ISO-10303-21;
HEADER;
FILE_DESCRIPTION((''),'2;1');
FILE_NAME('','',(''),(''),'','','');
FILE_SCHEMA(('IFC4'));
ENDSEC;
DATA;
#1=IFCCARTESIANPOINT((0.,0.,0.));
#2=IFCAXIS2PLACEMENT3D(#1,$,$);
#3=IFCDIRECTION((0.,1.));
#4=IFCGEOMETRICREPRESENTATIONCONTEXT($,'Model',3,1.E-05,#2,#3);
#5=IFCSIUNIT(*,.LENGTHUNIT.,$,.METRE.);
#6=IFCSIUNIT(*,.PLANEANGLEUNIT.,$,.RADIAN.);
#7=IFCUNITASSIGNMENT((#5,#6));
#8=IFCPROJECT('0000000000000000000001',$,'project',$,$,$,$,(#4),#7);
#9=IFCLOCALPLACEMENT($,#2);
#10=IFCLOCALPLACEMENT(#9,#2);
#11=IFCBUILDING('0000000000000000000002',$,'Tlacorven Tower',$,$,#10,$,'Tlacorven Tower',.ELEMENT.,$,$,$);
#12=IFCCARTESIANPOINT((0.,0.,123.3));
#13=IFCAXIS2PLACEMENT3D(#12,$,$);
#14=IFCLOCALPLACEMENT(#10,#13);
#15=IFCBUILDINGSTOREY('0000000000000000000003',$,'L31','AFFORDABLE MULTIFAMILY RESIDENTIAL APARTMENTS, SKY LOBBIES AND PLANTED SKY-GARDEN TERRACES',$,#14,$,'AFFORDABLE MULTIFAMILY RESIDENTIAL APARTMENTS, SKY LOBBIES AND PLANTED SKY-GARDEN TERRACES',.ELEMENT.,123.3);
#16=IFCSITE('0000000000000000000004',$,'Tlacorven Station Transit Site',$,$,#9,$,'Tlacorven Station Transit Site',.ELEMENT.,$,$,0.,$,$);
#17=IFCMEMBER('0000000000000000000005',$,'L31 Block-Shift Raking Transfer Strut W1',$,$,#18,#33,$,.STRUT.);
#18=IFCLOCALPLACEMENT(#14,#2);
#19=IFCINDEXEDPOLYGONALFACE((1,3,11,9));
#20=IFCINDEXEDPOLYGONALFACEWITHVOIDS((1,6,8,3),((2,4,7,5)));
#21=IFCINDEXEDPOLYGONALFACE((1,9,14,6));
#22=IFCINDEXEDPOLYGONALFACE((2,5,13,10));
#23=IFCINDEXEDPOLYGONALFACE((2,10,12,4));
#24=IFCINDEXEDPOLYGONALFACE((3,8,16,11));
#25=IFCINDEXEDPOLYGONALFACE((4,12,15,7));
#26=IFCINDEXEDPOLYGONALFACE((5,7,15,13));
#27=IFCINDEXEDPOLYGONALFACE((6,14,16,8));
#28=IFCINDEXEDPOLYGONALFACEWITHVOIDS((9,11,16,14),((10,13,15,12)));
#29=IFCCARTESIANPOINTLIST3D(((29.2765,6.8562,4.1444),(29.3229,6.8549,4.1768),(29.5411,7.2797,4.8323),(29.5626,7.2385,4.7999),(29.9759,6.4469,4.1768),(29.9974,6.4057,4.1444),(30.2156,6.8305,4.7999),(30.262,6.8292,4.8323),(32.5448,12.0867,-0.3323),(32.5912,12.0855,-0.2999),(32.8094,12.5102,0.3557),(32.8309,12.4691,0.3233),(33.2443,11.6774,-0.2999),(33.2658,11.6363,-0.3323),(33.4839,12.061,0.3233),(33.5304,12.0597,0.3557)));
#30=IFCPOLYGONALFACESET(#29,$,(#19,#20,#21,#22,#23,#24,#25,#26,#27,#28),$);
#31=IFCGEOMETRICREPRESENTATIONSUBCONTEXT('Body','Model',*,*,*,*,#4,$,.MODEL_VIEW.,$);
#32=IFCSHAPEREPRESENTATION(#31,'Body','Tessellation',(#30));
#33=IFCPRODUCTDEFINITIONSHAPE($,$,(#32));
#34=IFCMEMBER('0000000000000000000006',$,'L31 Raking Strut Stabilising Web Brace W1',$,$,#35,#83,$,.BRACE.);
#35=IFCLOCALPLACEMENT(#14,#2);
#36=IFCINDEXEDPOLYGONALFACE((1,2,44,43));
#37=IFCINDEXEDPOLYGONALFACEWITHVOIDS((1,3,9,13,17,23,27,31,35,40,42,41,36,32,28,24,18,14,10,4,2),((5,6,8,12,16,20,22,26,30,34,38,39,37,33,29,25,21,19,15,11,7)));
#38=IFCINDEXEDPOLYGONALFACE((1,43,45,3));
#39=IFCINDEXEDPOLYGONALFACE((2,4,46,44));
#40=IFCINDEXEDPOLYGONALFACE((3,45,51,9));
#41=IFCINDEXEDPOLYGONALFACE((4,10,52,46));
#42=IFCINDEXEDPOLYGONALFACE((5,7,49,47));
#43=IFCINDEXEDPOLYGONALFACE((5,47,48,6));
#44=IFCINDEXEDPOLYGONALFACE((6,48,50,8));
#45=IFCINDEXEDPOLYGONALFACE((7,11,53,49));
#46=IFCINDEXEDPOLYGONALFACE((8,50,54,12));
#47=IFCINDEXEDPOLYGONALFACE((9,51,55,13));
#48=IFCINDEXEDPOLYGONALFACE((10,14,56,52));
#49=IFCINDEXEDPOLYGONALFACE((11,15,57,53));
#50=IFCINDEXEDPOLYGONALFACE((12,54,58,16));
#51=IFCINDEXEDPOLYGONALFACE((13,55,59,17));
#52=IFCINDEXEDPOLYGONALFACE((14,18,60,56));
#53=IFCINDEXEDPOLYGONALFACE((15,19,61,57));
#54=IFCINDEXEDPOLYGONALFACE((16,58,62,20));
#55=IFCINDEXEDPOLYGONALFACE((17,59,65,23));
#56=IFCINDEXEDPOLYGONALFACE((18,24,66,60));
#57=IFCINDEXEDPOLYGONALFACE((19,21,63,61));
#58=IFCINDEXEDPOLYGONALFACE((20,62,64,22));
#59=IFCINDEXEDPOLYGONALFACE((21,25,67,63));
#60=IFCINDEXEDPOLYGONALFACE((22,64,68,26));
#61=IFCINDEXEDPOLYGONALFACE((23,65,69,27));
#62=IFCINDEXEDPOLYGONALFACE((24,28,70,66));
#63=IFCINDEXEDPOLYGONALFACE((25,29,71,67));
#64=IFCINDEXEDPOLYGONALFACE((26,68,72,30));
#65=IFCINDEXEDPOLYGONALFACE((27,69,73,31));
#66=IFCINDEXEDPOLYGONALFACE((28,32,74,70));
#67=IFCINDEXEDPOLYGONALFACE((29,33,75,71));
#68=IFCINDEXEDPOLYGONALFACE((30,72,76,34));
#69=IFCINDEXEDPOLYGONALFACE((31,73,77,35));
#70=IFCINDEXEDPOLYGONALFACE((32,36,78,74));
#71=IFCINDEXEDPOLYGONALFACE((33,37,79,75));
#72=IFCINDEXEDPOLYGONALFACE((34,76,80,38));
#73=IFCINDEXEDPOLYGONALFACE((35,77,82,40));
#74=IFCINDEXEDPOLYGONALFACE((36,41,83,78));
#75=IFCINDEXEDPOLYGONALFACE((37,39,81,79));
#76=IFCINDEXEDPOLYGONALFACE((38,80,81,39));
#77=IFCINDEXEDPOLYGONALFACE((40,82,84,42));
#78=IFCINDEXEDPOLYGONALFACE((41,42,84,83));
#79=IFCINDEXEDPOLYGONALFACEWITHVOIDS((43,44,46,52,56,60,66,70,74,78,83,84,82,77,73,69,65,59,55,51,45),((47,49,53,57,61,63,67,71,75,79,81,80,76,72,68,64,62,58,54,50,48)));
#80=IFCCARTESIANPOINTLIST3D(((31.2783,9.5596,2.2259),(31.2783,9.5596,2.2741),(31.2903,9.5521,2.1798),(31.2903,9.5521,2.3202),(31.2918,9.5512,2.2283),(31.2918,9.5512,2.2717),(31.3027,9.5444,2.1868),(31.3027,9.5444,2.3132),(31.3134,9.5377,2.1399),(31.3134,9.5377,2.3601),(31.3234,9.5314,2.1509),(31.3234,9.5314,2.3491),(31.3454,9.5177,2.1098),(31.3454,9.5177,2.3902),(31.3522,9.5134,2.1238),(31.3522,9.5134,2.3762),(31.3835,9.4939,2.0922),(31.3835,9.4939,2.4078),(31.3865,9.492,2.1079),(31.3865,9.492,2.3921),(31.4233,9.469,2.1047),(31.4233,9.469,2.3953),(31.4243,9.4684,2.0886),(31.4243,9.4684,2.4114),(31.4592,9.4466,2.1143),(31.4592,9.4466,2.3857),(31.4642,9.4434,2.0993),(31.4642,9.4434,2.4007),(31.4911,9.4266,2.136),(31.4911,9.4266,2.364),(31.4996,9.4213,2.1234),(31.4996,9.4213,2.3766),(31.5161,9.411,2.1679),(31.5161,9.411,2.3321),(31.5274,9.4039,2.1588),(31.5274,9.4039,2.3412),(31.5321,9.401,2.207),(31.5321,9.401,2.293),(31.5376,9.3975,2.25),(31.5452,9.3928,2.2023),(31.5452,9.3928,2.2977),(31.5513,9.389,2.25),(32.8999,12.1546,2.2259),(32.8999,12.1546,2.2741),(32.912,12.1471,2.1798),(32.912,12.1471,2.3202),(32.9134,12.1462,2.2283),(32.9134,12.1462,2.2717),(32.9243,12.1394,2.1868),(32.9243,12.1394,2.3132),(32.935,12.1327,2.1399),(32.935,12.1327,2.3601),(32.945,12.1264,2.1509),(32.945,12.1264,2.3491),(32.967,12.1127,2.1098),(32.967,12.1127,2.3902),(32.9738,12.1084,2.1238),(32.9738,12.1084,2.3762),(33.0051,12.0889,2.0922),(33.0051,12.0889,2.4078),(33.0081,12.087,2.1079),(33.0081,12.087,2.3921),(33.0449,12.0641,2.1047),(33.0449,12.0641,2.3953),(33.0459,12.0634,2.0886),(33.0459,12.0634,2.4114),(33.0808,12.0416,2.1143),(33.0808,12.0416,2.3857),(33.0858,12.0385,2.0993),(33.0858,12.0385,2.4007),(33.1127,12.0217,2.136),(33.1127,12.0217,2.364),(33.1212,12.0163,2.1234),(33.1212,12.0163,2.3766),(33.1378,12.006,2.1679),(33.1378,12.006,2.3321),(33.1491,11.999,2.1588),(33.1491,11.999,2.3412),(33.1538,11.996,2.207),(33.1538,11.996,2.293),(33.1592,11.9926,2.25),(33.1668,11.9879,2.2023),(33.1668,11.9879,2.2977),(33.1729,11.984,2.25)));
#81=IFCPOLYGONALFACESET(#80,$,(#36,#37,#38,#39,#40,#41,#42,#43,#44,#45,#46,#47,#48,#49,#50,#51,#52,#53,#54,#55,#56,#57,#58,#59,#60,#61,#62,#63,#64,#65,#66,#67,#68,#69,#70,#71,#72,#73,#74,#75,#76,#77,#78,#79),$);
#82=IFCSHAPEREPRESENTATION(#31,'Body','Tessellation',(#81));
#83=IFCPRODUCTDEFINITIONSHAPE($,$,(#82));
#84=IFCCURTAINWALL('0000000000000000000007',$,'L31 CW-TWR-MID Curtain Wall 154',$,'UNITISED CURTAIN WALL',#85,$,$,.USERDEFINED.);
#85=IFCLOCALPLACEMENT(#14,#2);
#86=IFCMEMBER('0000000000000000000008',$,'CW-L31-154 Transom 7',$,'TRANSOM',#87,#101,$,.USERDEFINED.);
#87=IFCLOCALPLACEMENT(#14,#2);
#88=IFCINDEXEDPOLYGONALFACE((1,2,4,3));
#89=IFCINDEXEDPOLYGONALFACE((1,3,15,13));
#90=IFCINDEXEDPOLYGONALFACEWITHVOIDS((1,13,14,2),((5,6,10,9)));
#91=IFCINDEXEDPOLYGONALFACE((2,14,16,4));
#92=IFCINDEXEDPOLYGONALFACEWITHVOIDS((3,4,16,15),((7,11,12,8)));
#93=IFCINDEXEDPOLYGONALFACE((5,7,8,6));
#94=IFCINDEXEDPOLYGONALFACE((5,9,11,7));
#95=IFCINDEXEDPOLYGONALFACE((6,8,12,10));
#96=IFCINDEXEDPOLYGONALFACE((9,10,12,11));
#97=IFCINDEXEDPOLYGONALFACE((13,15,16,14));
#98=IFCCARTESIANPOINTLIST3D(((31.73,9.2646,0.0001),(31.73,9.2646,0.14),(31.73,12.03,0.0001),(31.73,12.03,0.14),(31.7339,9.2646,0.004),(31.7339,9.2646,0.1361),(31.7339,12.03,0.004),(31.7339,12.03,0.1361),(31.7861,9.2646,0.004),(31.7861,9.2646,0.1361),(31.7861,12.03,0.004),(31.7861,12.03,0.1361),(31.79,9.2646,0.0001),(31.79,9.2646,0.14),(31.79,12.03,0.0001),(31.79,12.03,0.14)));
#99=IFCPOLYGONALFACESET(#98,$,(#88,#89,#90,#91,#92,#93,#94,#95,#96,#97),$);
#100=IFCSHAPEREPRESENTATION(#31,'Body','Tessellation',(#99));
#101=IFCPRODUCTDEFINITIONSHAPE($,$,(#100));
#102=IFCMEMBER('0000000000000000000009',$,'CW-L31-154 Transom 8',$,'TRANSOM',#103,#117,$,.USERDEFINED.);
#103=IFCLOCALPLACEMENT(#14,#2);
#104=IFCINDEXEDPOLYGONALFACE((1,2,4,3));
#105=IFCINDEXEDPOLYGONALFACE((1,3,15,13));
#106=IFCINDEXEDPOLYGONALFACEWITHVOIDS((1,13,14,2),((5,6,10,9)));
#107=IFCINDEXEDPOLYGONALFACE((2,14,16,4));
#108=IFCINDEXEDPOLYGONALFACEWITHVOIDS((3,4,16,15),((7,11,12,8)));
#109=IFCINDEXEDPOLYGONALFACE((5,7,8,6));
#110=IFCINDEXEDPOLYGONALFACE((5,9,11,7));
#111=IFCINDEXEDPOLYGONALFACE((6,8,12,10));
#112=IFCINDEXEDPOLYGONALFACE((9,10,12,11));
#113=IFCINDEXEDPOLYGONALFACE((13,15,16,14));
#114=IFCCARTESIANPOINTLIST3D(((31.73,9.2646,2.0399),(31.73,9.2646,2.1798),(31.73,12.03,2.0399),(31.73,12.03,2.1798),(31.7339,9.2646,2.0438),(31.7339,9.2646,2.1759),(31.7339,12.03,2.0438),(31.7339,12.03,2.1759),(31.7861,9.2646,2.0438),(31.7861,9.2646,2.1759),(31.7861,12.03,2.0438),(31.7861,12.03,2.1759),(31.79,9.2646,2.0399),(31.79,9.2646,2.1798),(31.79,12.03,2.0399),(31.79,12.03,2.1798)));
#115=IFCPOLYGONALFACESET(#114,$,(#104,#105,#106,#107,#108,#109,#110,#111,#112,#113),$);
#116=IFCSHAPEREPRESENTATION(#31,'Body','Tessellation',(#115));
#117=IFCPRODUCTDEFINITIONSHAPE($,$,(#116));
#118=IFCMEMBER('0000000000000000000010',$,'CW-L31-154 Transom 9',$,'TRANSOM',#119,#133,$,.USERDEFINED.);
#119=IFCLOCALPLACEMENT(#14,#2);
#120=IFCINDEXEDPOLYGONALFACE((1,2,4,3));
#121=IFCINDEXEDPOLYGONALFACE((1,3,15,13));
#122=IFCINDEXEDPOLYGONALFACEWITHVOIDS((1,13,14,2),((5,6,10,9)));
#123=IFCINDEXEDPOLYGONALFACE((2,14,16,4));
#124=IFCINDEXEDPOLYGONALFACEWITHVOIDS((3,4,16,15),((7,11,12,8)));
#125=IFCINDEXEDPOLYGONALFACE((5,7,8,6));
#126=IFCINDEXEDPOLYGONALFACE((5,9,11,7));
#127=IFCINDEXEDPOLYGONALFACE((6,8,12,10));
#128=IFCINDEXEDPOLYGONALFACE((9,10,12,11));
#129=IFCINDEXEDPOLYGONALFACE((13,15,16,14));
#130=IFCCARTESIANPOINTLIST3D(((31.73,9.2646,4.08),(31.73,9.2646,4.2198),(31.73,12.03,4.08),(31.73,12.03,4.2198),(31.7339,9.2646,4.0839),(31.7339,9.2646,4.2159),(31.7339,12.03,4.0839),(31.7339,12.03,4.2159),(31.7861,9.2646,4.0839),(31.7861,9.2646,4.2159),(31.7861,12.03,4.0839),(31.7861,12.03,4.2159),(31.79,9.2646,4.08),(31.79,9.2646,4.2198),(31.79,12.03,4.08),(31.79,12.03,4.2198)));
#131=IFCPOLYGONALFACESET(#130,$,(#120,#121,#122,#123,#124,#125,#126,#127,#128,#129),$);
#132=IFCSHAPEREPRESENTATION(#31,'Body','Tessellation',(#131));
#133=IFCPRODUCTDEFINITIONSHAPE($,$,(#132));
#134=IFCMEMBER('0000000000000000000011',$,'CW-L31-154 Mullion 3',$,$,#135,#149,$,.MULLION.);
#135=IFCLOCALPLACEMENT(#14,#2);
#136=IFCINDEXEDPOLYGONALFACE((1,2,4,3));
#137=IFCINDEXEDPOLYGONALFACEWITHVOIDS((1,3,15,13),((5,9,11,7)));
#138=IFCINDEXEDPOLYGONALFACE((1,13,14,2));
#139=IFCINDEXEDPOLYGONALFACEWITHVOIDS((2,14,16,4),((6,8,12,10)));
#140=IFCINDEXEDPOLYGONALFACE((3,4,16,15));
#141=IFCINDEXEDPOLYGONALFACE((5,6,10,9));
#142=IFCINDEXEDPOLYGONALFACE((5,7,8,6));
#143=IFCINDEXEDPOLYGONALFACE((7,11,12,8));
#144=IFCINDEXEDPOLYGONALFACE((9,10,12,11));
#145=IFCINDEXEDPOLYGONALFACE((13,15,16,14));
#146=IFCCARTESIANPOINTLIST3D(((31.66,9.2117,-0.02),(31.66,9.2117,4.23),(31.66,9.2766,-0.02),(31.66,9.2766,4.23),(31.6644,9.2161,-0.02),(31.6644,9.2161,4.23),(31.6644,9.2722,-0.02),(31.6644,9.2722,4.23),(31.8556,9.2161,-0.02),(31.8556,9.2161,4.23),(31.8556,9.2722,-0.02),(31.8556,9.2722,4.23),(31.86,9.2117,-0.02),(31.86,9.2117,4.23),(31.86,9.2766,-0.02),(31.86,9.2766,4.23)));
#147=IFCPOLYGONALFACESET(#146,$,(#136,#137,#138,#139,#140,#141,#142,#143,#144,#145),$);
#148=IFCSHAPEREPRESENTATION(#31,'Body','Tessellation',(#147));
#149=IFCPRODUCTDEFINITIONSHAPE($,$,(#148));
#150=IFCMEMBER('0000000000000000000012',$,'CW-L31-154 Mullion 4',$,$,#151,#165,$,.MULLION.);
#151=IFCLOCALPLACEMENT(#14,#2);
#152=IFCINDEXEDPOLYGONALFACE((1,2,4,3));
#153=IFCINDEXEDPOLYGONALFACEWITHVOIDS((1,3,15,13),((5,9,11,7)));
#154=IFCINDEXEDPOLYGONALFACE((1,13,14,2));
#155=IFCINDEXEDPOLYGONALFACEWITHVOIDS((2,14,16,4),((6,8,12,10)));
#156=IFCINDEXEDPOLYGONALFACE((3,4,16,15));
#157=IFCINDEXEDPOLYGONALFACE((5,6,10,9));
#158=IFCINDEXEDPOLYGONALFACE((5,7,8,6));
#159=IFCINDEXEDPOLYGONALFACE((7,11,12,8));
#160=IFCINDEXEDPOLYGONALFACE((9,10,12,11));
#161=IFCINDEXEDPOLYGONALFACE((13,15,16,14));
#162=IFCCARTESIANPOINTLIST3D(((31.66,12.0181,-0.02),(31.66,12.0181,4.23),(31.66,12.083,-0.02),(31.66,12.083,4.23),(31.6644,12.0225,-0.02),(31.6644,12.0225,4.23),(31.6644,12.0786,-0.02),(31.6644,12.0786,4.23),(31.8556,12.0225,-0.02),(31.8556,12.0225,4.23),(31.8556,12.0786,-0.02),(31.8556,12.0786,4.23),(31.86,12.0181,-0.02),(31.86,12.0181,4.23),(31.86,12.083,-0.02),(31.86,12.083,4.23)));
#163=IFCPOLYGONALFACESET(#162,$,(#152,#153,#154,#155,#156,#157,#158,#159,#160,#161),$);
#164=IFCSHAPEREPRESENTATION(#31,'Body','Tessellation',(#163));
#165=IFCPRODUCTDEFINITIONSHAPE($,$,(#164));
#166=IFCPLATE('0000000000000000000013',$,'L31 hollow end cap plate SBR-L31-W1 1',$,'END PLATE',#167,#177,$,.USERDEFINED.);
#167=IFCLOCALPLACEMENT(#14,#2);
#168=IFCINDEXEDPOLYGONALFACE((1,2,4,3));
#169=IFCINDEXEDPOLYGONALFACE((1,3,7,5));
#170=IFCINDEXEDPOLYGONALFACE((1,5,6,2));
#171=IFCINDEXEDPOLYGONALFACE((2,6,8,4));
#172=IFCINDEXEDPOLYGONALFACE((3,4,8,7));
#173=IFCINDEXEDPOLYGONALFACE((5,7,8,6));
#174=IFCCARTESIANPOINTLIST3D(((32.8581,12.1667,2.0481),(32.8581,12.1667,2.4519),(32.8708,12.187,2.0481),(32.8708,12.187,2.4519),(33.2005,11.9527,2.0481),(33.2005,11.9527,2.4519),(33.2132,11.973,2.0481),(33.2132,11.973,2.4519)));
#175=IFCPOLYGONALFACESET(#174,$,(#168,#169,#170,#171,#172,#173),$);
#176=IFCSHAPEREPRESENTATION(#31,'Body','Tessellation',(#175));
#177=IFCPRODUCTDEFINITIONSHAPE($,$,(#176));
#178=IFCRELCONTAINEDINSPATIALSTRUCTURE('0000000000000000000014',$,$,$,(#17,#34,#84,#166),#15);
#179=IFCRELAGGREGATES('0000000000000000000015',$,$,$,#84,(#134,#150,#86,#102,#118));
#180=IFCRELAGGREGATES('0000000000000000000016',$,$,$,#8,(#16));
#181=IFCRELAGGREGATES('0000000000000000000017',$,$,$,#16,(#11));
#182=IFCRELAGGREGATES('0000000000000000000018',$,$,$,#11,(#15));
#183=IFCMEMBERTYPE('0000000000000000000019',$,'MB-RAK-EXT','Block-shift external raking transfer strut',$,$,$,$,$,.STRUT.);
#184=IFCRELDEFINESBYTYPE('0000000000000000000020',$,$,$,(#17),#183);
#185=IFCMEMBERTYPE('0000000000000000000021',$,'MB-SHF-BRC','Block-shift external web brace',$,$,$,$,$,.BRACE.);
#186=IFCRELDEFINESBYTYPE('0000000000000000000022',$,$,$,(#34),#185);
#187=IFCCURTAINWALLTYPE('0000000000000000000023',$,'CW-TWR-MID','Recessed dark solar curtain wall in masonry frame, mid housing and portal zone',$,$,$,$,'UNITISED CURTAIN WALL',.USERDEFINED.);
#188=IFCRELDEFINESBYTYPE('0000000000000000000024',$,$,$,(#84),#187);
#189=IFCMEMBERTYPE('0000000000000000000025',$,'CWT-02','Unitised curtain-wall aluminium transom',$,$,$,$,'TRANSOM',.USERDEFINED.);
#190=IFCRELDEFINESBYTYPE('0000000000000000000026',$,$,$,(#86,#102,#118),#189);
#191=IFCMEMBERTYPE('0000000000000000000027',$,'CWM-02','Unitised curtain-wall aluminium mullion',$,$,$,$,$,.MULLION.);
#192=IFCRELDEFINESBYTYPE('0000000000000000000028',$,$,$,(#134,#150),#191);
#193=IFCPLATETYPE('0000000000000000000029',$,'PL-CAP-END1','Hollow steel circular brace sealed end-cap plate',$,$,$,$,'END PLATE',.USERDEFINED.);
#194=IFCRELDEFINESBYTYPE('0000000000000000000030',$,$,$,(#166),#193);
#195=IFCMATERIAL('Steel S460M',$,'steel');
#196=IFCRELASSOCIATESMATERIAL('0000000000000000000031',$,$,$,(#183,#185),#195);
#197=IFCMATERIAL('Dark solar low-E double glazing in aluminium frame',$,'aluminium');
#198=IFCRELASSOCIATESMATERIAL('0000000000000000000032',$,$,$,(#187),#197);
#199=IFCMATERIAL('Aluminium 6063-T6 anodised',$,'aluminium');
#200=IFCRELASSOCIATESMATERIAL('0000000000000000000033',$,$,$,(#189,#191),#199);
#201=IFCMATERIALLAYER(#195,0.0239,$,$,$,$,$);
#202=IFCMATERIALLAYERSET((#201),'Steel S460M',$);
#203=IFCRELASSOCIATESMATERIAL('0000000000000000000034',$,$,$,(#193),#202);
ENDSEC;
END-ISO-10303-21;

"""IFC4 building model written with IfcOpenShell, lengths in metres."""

from ifc_helpers import new_model, si_unit, direction, frame, origin, origin_2d, place, context, subcontext, project, spatial, rectangle, hollow_rectangle, hollow_circle, extrude, source, transform, mapped, material, layer, layer_set, material_profile, profile_set, type_object, element, aggregate, save


model = new_model("IFC4")

# Units and contexts
model_context = context("Model", 3, precision=1e-05, world=origin(), true_north=direction((0.0, 1.0)))
body_context = subcontext(model_context, "Body", "Model", "MODEL_VIEW")
ifc_project = project(units=[si_unit("LENGTHUNIT", "METRE"), si_unit("PLANEANGLEUNIT", "RADIAN")], contexts=[model_context])

# Site, building, storey
site_placement = place(None, origin())
site = spatial("IfcSite", under=ifc_project, at=site_placement, Name="Tlacorven Station Transit Site", LongName="Tlacorven Station Transit Site", CompositionType="ELEMENT", RefElevation=0.0)
building_placement = place(site_placement, origin())
building = spatial("IfcBuilding", under=site, at=building_placement, Name="Tlacorven Tower", LongName="Tlacorven Tower", CompositionType="ELEMENT")
storey_placement = place(building_placement, frame((0.0, 0.0, 123.3)))
storey = spatial("IfcBuildingStorey", under=building, at=storey_placement, Name="L31", Description="AFFORDABLE MULTIFAMILY RESIDENTIAL APARTMENTS, SKY LOBBIES AND PLANTED SKY-GARDEN TERRACES", LongName="AFFORDABLE MULTIFAMILY RESIDENTIAL APARTMENTS, SKY LOBBIES AND PLANTED SKY-GARDEN TERRACES", CompositionType="ELEMENT", Elevation=123.3)

# Members
ifc_material_1 = material(Name="Steel S460M", Category="steel")
ifc_material_profile_1 = material_profile(ifc_material_1, hollow_rectangle(XDim=0.8501, YDim=0.8501, WallThickness=0.04, at=origin_2d()), Name="BOX 850X850X40")
ifc_profile_set_1 = profile_set([ifc_material_profile_1], Name="Steel S460M")
member_type_1 = type_object("IfcMemberType", Name="MB-RAK-EXT", Description="Block-shift external raking transfer strut", PredefinedType="STRUT", material=ifc_profile_set_1)
shared_shape_1 = source(origin(), body_context, "Body", "SweptSolid", [
    extrude(hollow_rectangle(XDim=0.8501, YDim=0.8501, WallThickness=0.04, at=origin_2d()), origin(), (0.0, 0.0, 1.0), 7.6211),
])
member_1_placement = place(storey_placement, frame((33.0376, 12.0732, 0.0117), z_axis=(-0.428857, -0.686325, 0.5874), x_axis=(0.848052, -0.529914, 0.0)))
element("IfcMember", 1, at=member_1_placement, inside=storey, type_object=member_type_1, Name="L31 Block-Shift Raking Transfer Strut W1", PredefinedType="STRUT", context=body_context, shape_type="MappedRepresentation", body=[
    mapped(shared_shape_1, transform((0.0, 0.0, 0.0), scale=1.0)),
])
ifc_material_profile_2 = material_profile(ifc_material_1, hollow_circle(Radius=0.1619, WallThickness=0.0161, at=origin_2d()), Name="CHS 323.9X16")
ifc_profile_set_2 = profile_set([ifc_material_profile_2], Name="Steel S460M")
member_type_2 = type_object("IfcMemberType", Name="MB-SHF-BRC", Description="Block-shift external web brace", PredefinedType="BRACE", material=ifc_profile_set_2)
shared_shape_2 = source(origin(), body_context, "Body", "SweptSolid", [
    extrude(hollow_circle(Radius=0.1619, WallThickness=0.0161, at=origin_2d()), origin(), (0.0, 0.0, 1.0), 3.0601),
])
member_2_placement = place(storey_placement, frame((33.0356, 12.0698, 2.25), z_axis=(-0.529934, -0.848039, 0.0), x_axis=(0.848039, -0.529934, 0.0)))
element("IfcMember", 2, at=member_2_placement, inside=storey, type_object=member_type_2, Name="L31 Raking Strut Stabilising Web Brace W1", PredefinedType="BRACE", context=body_context, shape_type="MappedRepresentation", body=[
    mapped(shared_shape_2, transform((0.0, 0.0, 0.0), scale=1.0)),
])

# Curtain wall, members
ifc_material_2 = material(Name="Dark solar low-E double glazing in aluminium frame", Category="aluminium")
curtain_wall_type = type_object("IfcCurtainWallType", Name="CW-TWR-MID", Description="Recessed dark solar curtain wall in masonry frame, mid housing and portal zone", ElementType="UNITISED CURTAIN WALL", PredefinedType="USERDEFINED", material=ifc_material_2)
curtain_wall_placement = place(storey_placement, origin())
curtain_wall = element("IfcCurtainWall", 3, at=curtain_wall_placement, inside=storey, type_object=curtain_wall_type, Name="L31 CW-TWR-MID Curtain Wall 154", ObjectType="UNITISED CURTAIN WALL", PredefinedType="USERDEFINED")
ifc_material_3 = material(Name="Aluminium 6063-T6 anodised", Category="aluminium")
ifc_material_profile_3 = material_profile(ifc_material_3, hollow_rectangle(XDim=0.0601, YDim=0.1399, WallThickness=0.0039, at=origin_2d()), Name="ALU TRANSOM 60X140")
ifc_profile_set_3 = profile_set([ifc_material_profile_3], Name="Aluminium 6063-T6 anodised")
member_type_3 = type_object("IfcMemberType", Name="CWT-02", Description="Unitised curtain-wall aluminium transom", ElementType="TRANSOM", PredefinedType="USERDEFINED", material=ifc_profile_set_3)
shared_shape_3 = source(origin(), body_context, "Body", "SweptSolid", [
    extrude(hollow_rectangle(XDim=0.0601, YDim=0.1399, WallThickness=0.0039, at=origin_2d()), origin(), (0.0, 0.0, 1.0), 2.7654),
])
member_3_placement = place(storey_placement, frame((31.76, 9.2646, 0.0701), z_axis=(0.0, 1.0, 0.0), x_axis=(-1.0, 0.0, 0.0)))
member_3 = element("IfcMember", 4, at=member_3_placement, type_object=member_type_3, Name="CW-L31-154 Transom 7", ObjectType="TRANSOM", PredefinedType="USERDEFINED", context=body_context, shape_type="MappedRepresentation", body=[
    mapped(shared_shape_3, transform((0.0, 0.0, 0.0), scale=1.0)),
])
member_4_placement = place(storey_placement, frame((31.76, 9.2646, 2.1099), z_axis=(0.0, 1.0, 0.0), x_axis=(-1.0, 0.0, 0.0)))
member_4 = element("IfcMember", 5, at=member_4_placement, type_object=member_type_3, Name="CW-L31-154 Transom 8", ObjectType="TRANSOM", PredefinedType="USERDEFINED", context=body_context, shape_type="MappedRepresentation", body=[
    mapped(shared_shape_3, transform((0.0, 0.0, 0.0), scale=1.0)),
])
member_5_placement = place(storey_placement, frame((31.76, 9.2646, 4.1499), z_axis=(0.0, 1.0, 0.0), x_axis=(-1.0, 0.0, 0.0)))
member_5 = element("IfcMember", 6, at=member_5_placement, type_object=member_type_3, Name="CW-L31-154 Transom 9", ObjectType="TRANSOM", PredefinedType="USERDEFINED", context=body_context, shape_type="MappedRepresentation", body=[
    mapped(shared_shape_3, transform((0.0, 0.0, 0.0), scale=1.0)),
])
ifc_material_profile_4 = material_profile(ifc_material_3, hollow_rectangle(XDim=0.0649, YDim=0.2, WallThickness=0.0044, at=origin_2d()), Name="ALU MULLION 65X200")
ifc_profile_set_4 = profile_set([ifc_material_profile_4], Name="Aluminium 6063-T6 anodised")
member_type_4 = type_object("IfcMemberType", Name="CWM-02", Description="Unitised curtain-wall aluminium mullion", PredefinedType="MULLION", material=ifc_profile_set_4)
shared_shape_4 = source(origin(), body_context, "Body", "SweptSolid", [
    extrude(hollow_rectangle(XDim=0.0649, YDim=0.2, WallThickness=0.0044, at=origin_2d()), origin(), (0.0, 0.0, 1.0), 4.25),
])
member_6_placement = place(storey_placement, frame((31.76, 9.2441, -0.02), z_axis=(0.0, 0.0, 1.0), x_axis=(0.0, 1.0, 0.0)))
member_6 = element("IfcMember", 7, at=member_6_placement, type_object=member_type_4, Name="CW-L31-154 Mullion 3", PredefinedType="MULLION", context=body_context, shape_type="MappedRepresentation", body=[
    mapped(shared_shape_4, transform((0.0, 0.0, 0.0), scale=1.0)),
])
member_7_placement = place(storey_placement, frame((31.76, 12.0505, -0.02), z_axis=(0.0, 0.0, 1.0), x_axis=(0.0, 1.0, 0.0)))
member_7 = element("IfcMember", 8, at=member_7_placement, type_object=member_type_4, Name="CW-L31-154 Mullion 4", PredefinedType="MULLION", context=body_context, shape_type="MappedRepresentation", body=[
    mapped(shared_shape_4, transform((0.0, 0.0, 0.0), scale=1.0)),
])

# Plate
ifc_layer_1 = layer(ifc_material_1, 0.0239)
ifc_layer_set_1 = layer_set([ifc_layer_1], Name="Steel S460M")
plate_type_1 = type_object("IfcPlateType", Name="PL-CAP-END1", Description="Hollow steel circular brace sealed end-cap plate", ElementType="END PLATE", PredefinedType="USERDEFINED", material=ifc_layer_set_1)
shared_shape_5 = source(origin(), body_context, "Body", "SweptSolid", [
    extrude(rectangle(XDim=0.0239, YDim=0.4038, at=origin_2d()), origin(), (0.0, 0.0, 1.0), 0.4038),
])
for number, where, z_axis, x_axis, name in (
    (9, (33.0356, 12.0698, 2.0481), (0.0, 0.0, 1.0), (-0.529919, -0.848049, 0.0), "L31 hollow end cap plate SBR-L31-W1 1"),
):
    element("IfcPlate", number, at=place(storey_placement, frame(where, z_axis=z_axis, x_axis=x_axis)), inside=storey, type_object=plate_type_1, Name=name, ObjectType="END PLATE", PredefinedType="USERDEFINED", context=body_context, shape_type="MappedRepresentation", body=[
        mapped(shared_shape_5, transform((0.0, 0.0, 0.0), scale=1.0)),
    ])

aggregate(curtain_wall, [member_6, member_7, member_3, member_4, member_5])

save(model, "model.ifc")
